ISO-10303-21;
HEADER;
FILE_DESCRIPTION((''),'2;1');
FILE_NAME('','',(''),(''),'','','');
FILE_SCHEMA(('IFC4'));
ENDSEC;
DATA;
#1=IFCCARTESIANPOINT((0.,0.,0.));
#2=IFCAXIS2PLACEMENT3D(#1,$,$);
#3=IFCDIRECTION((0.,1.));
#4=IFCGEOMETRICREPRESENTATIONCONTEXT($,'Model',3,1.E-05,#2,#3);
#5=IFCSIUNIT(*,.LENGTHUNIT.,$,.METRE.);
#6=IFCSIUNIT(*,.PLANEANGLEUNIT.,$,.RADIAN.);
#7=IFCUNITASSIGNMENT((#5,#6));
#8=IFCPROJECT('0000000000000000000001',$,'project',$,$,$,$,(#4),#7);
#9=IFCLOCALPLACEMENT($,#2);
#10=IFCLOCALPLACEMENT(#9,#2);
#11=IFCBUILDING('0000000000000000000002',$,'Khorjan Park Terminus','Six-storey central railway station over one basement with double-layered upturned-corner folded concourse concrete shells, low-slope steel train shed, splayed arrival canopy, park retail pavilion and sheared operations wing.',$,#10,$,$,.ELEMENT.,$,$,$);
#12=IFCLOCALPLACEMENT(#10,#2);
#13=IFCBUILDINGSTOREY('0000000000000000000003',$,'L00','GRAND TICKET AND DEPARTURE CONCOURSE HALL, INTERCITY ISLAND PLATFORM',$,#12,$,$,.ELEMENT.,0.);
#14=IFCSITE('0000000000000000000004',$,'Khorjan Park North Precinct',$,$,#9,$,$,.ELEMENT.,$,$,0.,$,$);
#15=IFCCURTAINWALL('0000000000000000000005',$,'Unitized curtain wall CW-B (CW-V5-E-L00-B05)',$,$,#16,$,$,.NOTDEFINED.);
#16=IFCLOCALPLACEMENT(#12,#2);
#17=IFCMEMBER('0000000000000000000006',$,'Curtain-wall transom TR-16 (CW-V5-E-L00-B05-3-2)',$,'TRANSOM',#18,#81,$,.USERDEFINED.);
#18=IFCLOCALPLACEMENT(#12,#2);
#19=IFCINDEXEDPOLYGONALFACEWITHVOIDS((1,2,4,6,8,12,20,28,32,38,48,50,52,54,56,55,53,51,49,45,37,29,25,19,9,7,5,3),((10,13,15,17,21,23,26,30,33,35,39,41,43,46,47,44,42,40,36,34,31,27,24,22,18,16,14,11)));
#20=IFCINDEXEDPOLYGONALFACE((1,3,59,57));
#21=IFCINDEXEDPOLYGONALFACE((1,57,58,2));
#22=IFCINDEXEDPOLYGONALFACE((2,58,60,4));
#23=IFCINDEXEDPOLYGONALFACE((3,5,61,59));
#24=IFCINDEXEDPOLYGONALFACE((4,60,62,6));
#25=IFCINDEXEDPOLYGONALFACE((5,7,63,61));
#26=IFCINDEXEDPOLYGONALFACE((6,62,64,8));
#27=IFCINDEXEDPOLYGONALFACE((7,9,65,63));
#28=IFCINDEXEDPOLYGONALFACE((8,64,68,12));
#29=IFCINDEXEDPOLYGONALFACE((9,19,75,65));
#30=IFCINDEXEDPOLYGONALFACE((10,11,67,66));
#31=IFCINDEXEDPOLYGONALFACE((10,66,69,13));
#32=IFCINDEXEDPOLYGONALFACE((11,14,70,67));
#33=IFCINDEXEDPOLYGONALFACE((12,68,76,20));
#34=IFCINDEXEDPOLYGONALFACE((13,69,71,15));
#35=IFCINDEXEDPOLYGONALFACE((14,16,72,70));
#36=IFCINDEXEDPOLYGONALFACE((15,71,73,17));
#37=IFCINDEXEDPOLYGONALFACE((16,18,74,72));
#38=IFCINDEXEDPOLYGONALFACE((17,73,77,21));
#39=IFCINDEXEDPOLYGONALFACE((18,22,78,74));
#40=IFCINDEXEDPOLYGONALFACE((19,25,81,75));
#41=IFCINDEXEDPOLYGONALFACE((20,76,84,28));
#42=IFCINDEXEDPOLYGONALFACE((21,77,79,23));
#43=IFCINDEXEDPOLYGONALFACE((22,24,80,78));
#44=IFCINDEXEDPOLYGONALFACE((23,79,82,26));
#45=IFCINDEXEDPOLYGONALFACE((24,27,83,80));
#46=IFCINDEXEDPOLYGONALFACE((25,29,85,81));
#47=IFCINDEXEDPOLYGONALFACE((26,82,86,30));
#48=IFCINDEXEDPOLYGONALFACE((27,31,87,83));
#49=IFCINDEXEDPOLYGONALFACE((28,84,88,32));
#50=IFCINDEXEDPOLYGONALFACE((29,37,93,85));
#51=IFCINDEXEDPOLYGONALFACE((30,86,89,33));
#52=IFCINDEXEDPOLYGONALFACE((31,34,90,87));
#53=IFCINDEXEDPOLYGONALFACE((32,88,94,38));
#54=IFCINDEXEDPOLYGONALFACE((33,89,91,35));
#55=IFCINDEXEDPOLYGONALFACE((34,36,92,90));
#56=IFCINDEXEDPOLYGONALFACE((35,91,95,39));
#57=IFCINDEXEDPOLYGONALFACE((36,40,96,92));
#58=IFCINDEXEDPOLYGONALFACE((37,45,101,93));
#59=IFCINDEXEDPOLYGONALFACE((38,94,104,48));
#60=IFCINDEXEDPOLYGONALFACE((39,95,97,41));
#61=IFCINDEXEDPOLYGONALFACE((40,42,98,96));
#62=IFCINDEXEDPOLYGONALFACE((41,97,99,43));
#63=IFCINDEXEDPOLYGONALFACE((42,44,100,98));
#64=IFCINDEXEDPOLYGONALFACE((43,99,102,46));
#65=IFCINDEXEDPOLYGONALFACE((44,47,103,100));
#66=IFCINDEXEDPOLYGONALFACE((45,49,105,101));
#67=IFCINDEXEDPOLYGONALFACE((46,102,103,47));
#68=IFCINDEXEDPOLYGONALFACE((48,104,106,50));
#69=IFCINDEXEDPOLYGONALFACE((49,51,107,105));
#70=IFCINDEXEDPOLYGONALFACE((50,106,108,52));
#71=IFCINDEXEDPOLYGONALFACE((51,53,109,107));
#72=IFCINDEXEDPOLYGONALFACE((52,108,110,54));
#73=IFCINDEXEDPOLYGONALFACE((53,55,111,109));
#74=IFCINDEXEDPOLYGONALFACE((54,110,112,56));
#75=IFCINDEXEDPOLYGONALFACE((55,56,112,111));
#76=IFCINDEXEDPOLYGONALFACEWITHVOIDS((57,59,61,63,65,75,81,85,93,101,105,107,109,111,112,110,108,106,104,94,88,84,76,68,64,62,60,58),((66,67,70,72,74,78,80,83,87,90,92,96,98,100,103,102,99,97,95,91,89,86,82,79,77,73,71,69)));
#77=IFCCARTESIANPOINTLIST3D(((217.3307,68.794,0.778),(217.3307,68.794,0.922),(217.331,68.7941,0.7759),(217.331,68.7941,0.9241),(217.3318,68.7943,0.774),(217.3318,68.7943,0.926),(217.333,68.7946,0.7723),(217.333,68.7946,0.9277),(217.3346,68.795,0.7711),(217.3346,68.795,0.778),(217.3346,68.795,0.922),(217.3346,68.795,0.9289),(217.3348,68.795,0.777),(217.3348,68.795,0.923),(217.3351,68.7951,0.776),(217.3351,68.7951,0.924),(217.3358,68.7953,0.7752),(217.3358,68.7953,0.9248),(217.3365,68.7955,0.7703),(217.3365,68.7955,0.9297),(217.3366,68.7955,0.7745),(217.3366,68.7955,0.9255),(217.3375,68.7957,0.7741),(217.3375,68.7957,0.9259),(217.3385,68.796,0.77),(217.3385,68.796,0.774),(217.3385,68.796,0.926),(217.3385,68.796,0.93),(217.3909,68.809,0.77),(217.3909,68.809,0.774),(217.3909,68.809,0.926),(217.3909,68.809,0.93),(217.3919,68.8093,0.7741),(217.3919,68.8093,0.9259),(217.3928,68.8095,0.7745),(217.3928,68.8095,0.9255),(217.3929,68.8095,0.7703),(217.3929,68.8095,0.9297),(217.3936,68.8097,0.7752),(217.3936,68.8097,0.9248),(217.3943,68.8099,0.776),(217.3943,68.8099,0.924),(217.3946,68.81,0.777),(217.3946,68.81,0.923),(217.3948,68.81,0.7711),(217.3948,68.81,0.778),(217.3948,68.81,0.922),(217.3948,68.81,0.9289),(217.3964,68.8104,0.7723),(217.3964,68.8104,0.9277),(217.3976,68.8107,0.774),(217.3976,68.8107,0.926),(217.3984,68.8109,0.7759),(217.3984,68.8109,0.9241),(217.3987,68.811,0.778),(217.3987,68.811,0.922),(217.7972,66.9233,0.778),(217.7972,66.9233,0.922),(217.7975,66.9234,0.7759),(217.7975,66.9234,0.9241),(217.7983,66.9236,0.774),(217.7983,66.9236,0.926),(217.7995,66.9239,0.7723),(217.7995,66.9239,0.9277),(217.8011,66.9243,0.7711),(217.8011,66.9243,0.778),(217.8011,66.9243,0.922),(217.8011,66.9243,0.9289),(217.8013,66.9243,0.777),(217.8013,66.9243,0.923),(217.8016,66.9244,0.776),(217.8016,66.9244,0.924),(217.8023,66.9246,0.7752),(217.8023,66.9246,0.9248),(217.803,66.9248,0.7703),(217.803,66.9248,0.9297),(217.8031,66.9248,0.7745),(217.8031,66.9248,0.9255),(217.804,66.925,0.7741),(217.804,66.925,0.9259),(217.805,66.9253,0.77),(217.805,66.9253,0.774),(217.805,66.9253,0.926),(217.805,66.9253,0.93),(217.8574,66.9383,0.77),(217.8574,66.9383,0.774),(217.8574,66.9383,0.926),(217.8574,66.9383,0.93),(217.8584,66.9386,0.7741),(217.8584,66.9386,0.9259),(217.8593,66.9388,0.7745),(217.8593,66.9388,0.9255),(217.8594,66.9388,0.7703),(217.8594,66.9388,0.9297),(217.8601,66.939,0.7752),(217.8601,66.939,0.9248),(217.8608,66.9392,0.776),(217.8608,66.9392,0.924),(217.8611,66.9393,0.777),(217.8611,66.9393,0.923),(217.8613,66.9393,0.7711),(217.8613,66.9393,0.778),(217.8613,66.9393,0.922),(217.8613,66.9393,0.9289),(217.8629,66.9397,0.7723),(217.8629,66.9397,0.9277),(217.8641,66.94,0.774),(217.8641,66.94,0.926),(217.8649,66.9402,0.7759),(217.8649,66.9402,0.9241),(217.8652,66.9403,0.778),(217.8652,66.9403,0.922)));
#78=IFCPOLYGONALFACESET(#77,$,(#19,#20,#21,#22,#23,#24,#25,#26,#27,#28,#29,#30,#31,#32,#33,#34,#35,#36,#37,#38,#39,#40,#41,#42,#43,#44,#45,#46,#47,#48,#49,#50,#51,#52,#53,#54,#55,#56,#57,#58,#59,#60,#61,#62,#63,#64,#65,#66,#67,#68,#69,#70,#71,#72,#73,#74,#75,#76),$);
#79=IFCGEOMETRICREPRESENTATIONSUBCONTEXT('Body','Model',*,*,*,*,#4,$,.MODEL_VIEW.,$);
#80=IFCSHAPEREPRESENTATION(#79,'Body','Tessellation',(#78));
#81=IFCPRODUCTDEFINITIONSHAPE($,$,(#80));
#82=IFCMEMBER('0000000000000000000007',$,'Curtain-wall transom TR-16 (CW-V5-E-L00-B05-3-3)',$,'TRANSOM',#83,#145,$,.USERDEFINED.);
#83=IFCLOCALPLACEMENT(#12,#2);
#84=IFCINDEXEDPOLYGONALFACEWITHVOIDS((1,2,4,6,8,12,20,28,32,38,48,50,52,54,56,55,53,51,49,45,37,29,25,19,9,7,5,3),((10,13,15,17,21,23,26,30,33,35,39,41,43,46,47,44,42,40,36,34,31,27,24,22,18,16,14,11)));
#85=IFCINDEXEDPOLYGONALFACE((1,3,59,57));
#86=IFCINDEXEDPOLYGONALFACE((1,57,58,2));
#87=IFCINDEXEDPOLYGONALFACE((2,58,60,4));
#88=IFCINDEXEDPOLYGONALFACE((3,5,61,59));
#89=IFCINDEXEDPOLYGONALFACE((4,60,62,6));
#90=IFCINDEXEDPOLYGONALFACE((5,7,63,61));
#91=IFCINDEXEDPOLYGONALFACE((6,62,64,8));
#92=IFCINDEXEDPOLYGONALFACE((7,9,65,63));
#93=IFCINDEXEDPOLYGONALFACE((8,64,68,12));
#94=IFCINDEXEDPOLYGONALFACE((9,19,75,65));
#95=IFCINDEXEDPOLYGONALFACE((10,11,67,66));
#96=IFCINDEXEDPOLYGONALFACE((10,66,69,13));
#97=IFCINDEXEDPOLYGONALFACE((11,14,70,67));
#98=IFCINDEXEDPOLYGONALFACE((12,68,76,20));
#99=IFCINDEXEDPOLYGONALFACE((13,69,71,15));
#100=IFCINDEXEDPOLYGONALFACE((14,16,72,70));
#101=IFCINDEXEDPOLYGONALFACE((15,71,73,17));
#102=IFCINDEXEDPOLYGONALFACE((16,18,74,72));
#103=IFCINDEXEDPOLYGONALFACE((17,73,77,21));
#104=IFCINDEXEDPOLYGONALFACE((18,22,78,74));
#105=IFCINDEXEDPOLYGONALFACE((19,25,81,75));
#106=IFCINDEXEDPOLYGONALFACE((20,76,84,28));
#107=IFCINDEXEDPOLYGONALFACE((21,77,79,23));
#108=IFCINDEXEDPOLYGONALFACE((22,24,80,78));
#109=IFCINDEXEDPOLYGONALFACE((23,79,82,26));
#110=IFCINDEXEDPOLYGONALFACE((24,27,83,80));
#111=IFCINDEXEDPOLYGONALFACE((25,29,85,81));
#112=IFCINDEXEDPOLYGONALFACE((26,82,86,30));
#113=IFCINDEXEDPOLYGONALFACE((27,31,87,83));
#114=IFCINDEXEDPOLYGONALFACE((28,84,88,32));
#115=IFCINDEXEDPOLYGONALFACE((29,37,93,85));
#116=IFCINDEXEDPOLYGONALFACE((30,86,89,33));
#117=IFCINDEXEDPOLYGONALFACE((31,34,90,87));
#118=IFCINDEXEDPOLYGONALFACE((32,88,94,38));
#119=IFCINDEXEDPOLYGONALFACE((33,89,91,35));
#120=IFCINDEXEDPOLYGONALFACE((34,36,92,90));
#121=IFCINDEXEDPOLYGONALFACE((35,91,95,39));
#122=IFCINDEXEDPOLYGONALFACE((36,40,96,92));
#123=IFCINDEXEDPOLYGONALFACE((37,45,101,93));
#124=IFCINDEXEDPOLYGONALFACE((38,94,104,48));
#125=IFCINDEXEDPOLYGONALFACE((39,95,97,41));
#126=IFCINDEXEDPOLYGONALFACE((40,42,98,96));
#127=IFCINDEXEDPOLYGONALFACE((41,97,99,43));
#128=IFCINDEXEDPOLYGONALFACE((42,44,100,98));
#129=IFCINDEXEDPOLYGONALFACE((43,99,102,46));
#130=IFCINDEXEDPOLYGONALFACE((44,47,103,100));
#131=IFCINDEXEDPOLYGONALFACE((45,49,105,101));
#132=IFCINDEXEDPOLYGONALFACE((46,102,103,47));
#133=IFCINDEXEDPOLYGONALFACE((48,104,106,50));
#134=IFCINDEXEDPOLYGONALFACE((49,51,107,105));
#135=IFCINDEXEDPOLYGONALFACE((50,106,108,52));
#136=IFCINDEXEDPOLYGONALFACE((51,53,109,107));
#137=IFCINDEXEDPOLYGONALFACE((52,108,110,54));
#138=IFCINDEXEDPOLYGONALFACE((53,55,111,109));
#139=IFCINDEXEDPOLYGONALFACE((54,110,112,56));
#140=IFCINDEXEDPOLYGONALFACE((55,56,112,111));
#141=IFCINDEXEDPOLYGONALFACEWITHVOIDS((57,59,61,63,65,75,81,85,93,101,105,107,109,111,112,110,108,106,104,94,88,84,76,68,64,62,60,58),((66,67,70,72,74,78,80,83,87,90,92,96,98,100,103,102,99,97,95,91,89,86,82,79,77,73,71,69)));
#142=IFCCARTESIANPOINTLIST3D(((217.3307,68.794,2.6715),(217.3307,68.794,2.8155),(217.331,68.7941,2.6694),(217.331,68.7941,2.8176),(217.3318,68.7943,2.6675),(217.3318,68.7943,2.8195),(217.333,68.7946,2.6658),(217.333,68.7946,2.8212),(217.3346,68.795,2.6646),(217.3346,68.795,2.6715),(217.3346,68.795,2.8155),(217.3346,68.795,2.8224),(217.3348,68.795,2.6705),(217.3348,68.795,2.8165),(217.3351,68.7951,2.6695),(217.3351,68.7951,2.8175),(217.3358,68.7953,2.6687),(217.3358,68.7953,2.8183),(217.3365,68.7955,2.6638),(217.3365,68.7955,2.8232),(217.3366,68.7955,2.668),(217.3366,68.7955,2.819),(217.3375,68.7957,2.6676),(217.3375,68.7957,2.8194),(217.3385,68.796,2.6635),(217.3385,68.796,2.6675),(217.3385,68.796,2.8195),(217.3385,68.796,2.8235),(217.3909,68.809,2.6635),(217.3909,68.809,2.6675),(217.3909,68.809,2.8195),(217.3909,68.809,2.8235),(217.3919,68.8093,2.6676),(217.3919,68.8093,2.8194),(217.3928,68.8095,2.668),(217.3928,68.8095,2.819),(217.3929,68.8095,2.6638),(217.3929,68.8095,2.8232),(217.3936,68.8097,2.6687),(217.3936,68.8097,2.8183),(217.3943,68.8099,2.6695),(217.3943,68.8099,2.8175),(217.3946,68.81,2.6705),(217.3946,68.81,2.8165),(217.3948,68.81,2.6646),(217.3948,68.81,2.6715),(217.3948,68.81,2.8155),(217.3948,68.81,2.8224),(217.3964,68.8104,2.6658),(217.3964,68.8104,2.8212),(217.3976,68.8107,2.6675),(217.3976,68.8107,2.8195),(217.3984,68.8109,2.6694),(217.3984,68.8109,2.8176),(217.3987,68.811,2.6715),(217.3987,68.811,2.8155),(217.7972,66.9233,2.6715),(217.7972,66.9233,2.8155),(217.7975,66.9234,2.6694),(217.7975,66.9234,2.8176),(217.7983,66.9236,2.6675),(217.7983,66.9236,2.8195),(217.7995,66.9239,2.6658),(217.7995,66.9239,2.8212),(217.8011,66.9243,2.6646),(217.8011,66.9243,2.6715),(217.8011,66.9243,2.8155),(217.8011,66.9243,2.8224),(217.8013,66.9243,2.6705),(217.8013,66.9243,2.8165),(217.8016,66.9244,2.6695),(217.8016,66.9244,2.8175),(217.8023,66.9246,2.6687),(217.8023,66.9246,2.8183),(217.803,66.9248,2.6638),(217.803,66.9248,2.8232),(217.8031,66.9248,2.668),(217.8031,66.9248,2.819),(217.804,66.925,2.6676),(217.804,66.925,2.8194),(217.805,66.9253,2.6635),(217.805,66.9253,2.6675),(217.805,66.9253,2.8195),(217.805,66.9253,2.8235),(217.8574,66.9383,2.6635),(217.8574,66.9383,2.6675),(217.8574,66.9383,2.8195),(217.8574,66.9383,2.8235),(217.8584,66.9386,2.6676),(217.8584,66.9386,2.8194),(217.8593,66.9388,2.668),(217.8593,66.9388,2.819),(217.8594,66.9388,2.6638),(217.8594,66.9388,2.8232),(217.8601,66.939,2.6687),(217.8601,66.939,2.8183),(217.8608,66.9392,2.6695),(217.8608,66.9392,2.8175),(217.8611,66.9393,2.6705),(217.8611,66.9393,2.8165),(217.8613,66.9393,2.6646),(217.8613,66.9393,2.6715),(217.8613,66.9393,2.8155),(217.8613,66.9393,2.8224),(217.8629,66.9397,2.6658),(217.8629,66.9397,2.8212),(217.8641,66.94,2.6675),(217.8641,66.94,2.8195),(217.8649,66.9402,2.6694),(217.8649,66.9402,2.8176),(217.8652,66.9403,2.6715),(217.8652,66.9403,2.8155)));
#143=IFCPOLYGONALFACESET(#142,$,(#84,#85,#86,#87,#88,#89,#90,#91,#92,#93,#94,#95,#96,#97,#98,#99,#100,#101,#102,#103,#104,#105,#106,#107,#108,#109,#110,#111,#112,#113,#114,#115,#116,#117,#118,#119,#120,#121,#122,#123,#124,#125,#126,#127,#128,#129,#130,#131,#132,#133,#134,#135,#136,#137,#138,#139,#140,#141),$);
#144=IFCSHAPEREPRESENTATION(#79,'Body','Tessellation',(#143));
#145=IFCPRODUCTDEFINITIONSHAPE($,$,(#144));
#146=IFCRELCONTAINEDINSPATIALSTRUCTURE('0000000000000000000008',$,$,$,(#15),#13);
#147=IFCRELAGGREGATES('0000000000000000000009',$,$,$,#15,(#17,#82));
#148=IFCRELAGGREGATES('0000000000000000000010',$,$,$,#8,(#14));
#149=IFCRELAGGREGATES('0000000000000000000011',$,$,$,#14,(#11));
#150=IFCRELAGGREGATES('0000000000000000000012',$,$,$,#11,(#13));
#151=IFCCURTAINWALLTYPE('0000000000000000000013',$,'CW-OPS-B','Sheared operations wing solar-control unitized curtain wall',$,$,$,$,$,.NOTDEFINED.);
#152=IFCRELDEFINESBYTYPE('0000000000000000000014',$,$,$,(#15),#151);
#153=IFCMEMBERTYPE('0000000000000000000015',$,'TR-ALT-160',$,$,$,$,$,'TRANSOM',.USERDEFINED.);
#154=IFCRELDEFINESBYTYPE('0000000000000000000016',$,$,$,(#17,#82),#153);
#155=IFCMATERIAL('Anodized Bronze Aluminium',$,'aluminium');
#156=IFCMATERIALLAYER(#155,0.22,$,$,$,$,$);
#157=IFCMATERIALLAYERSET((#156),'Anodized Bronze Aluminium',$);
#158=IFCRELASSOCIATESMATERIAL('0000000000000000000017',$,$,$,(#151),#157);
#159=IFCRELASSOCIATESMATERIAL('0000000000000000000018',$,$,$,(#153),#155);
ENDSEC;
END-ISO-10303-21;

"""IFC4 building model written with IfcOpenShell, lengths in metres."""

from ifc_helpers import new_model, si_unit, direction, frame, origin, origin_2d, place, context, subcontext, project, spatial, hollow_rectangle, extrude, material, layer, layer_set, material_profile, profile_set, type_object, element, aggregate, save


model = new_model("IFC4")

# Units and contexts
model_context = context("Model", 3, precision=1e-05, world=origin(), true_north=direction((0.0, 1.0)))
body_context = subcontext(model_context, "Body", "Model", "MODEL_VIEW")
ifc_project = project(units=[si_unit("LENGTHUNIT", "METRE"), si_unit("PLANEANGLEUNIT", "RADIAN")], contexts=[model_context])

# Site, building, storey
site_placement = place(None, origin())
site = spatial("IfcSite", under=ifc_project, at=site_placement, Name="Khorjan Park North Precinct", CompositionType="ELEMENT", RefElevation=0.0)
building_placement = place(site_placement, origin())
building = spatial("IfcBuilding", under=site, at=building_placement, Name="Khorjan Park Terminus", Description="Six-storey central railway station over one basement with double-layered upturned-corner folded concourse concrete shells, low-slope steel train shed, splayed arrival canopy, park retail pavilion and sheared operations wing.", CompositionType="ELEMENT")
storey_placement = place(building_placement, origin())
storey = spatial("IfcBuildingStorey", under=building, at=storey_placement, Name="L00", Description="GRAND TICKET AND DEPARTURE CONCOURSE HALL, INTERCITY ISLAND PLATFORM", CompositionType="ELEMENT", Elevation=0.0)

# Curtain wall, members
ifc_material_1 = material(Name="Anodized Bronze Aluminium", Category="aluminium")
ifc_layer_1 = layer(ifc_material_1, 0.22)
ifc_layer_set_1 = layer_set([ifc_layer_1], Name="Anodized Bronze Aluminium")
curtain_wall_type = type_object("IfcCurtainWallType", Name="CW-OPS-B", Description="Sheared operations wing solar-control unitized curtain wall", PredefinedType="NOTDEFINED", material=ifc_layer_set_1)
curtain_wall_placement = place(storey_placement, origin())
curtain_wall = element("IfcCurtainWall", 1, at=curtain_wall_placement, inside=storey, type_object=curtain_wall_type, Name="Unitized curtain wall CW-B (CW-V5-E-L00-B05)", PredefinedType="NOTDEFINED")
ifc_material_profile_1 = material_profile(ifc_material_1, hollow_rectangle(XDim=0.07, YDim=0.16, WallThickness=0.004, InnerFilletRadius=0.004, OuterFilletRadius=0.008, at=origin_2d()), Name="ALT 70x160x4")
ifc_profile_set_1 = profile_set([ifc_material_profile_1], Name="Anodized Bronze Aluminium")
member_type_1 = type_object("IfcMemberType", Name="TR-ALT-160", ElementType="TRANSOM", PredefinedType="USERDEFINED", material=ifc_profile_set_1)
member_1_placement = place(storey_placement, frame((217.8312, 66.9318, 0.85), z_axis=(-0.241962, 0.970286, 0.0), x_axis=(-0.970286, -0.241962, 0.0)))
member_1 = element("IfcMember", 2, at=member_1_placement, type_object=member_type_1, Name="Curtain-wall transom TR-16 (CW-V5-E-L00-B05-3-2)", ObjectType="TRANSOM", PredefinedType="USERDEFINED", context=body_context, shape_type="SweptSolid", body=[
    extrude(hollow_rectangle(XDim=0.07, YDim=0.16, WallThickness=0.004, InnerFilletRadius=0.004, OuterFilletRadius=0.008, at=origin_2d()), origin(), (0.0, 0.0, 1.0), 1.928),
])
member_2_placement = place(storey_placement, frame((217.8312, 66.9318, 2.7435), z_axis=(-0.241962, 0.970286, 0.0), x_axis=(-0.970286, -0.241962, 0.0)))
member_2 = element("IfcMember", 3, at=member_2_placement, type_object=member_type_1, Name="Curtain-wall transom TR-16 (CW-V5-E-L00-B05-3-3)", ObjectType="TRANSOM", PredefinedType="USERDEFINED", context=body_context, shape_type="SweptSolid", body=[
    extrude(hollow_rectangle(XDim=0.07, YDim=0.16, WallThickness=0.004, InnerFilletRadius=0.004, OuterFilletRadius=0.008, at=origin_2d()), origin(), (0.0, 0.0, 1.0), 1.928),
])
aggregate(curtain_wall, [member_1, member_2])

save(model, "model.ifc")
